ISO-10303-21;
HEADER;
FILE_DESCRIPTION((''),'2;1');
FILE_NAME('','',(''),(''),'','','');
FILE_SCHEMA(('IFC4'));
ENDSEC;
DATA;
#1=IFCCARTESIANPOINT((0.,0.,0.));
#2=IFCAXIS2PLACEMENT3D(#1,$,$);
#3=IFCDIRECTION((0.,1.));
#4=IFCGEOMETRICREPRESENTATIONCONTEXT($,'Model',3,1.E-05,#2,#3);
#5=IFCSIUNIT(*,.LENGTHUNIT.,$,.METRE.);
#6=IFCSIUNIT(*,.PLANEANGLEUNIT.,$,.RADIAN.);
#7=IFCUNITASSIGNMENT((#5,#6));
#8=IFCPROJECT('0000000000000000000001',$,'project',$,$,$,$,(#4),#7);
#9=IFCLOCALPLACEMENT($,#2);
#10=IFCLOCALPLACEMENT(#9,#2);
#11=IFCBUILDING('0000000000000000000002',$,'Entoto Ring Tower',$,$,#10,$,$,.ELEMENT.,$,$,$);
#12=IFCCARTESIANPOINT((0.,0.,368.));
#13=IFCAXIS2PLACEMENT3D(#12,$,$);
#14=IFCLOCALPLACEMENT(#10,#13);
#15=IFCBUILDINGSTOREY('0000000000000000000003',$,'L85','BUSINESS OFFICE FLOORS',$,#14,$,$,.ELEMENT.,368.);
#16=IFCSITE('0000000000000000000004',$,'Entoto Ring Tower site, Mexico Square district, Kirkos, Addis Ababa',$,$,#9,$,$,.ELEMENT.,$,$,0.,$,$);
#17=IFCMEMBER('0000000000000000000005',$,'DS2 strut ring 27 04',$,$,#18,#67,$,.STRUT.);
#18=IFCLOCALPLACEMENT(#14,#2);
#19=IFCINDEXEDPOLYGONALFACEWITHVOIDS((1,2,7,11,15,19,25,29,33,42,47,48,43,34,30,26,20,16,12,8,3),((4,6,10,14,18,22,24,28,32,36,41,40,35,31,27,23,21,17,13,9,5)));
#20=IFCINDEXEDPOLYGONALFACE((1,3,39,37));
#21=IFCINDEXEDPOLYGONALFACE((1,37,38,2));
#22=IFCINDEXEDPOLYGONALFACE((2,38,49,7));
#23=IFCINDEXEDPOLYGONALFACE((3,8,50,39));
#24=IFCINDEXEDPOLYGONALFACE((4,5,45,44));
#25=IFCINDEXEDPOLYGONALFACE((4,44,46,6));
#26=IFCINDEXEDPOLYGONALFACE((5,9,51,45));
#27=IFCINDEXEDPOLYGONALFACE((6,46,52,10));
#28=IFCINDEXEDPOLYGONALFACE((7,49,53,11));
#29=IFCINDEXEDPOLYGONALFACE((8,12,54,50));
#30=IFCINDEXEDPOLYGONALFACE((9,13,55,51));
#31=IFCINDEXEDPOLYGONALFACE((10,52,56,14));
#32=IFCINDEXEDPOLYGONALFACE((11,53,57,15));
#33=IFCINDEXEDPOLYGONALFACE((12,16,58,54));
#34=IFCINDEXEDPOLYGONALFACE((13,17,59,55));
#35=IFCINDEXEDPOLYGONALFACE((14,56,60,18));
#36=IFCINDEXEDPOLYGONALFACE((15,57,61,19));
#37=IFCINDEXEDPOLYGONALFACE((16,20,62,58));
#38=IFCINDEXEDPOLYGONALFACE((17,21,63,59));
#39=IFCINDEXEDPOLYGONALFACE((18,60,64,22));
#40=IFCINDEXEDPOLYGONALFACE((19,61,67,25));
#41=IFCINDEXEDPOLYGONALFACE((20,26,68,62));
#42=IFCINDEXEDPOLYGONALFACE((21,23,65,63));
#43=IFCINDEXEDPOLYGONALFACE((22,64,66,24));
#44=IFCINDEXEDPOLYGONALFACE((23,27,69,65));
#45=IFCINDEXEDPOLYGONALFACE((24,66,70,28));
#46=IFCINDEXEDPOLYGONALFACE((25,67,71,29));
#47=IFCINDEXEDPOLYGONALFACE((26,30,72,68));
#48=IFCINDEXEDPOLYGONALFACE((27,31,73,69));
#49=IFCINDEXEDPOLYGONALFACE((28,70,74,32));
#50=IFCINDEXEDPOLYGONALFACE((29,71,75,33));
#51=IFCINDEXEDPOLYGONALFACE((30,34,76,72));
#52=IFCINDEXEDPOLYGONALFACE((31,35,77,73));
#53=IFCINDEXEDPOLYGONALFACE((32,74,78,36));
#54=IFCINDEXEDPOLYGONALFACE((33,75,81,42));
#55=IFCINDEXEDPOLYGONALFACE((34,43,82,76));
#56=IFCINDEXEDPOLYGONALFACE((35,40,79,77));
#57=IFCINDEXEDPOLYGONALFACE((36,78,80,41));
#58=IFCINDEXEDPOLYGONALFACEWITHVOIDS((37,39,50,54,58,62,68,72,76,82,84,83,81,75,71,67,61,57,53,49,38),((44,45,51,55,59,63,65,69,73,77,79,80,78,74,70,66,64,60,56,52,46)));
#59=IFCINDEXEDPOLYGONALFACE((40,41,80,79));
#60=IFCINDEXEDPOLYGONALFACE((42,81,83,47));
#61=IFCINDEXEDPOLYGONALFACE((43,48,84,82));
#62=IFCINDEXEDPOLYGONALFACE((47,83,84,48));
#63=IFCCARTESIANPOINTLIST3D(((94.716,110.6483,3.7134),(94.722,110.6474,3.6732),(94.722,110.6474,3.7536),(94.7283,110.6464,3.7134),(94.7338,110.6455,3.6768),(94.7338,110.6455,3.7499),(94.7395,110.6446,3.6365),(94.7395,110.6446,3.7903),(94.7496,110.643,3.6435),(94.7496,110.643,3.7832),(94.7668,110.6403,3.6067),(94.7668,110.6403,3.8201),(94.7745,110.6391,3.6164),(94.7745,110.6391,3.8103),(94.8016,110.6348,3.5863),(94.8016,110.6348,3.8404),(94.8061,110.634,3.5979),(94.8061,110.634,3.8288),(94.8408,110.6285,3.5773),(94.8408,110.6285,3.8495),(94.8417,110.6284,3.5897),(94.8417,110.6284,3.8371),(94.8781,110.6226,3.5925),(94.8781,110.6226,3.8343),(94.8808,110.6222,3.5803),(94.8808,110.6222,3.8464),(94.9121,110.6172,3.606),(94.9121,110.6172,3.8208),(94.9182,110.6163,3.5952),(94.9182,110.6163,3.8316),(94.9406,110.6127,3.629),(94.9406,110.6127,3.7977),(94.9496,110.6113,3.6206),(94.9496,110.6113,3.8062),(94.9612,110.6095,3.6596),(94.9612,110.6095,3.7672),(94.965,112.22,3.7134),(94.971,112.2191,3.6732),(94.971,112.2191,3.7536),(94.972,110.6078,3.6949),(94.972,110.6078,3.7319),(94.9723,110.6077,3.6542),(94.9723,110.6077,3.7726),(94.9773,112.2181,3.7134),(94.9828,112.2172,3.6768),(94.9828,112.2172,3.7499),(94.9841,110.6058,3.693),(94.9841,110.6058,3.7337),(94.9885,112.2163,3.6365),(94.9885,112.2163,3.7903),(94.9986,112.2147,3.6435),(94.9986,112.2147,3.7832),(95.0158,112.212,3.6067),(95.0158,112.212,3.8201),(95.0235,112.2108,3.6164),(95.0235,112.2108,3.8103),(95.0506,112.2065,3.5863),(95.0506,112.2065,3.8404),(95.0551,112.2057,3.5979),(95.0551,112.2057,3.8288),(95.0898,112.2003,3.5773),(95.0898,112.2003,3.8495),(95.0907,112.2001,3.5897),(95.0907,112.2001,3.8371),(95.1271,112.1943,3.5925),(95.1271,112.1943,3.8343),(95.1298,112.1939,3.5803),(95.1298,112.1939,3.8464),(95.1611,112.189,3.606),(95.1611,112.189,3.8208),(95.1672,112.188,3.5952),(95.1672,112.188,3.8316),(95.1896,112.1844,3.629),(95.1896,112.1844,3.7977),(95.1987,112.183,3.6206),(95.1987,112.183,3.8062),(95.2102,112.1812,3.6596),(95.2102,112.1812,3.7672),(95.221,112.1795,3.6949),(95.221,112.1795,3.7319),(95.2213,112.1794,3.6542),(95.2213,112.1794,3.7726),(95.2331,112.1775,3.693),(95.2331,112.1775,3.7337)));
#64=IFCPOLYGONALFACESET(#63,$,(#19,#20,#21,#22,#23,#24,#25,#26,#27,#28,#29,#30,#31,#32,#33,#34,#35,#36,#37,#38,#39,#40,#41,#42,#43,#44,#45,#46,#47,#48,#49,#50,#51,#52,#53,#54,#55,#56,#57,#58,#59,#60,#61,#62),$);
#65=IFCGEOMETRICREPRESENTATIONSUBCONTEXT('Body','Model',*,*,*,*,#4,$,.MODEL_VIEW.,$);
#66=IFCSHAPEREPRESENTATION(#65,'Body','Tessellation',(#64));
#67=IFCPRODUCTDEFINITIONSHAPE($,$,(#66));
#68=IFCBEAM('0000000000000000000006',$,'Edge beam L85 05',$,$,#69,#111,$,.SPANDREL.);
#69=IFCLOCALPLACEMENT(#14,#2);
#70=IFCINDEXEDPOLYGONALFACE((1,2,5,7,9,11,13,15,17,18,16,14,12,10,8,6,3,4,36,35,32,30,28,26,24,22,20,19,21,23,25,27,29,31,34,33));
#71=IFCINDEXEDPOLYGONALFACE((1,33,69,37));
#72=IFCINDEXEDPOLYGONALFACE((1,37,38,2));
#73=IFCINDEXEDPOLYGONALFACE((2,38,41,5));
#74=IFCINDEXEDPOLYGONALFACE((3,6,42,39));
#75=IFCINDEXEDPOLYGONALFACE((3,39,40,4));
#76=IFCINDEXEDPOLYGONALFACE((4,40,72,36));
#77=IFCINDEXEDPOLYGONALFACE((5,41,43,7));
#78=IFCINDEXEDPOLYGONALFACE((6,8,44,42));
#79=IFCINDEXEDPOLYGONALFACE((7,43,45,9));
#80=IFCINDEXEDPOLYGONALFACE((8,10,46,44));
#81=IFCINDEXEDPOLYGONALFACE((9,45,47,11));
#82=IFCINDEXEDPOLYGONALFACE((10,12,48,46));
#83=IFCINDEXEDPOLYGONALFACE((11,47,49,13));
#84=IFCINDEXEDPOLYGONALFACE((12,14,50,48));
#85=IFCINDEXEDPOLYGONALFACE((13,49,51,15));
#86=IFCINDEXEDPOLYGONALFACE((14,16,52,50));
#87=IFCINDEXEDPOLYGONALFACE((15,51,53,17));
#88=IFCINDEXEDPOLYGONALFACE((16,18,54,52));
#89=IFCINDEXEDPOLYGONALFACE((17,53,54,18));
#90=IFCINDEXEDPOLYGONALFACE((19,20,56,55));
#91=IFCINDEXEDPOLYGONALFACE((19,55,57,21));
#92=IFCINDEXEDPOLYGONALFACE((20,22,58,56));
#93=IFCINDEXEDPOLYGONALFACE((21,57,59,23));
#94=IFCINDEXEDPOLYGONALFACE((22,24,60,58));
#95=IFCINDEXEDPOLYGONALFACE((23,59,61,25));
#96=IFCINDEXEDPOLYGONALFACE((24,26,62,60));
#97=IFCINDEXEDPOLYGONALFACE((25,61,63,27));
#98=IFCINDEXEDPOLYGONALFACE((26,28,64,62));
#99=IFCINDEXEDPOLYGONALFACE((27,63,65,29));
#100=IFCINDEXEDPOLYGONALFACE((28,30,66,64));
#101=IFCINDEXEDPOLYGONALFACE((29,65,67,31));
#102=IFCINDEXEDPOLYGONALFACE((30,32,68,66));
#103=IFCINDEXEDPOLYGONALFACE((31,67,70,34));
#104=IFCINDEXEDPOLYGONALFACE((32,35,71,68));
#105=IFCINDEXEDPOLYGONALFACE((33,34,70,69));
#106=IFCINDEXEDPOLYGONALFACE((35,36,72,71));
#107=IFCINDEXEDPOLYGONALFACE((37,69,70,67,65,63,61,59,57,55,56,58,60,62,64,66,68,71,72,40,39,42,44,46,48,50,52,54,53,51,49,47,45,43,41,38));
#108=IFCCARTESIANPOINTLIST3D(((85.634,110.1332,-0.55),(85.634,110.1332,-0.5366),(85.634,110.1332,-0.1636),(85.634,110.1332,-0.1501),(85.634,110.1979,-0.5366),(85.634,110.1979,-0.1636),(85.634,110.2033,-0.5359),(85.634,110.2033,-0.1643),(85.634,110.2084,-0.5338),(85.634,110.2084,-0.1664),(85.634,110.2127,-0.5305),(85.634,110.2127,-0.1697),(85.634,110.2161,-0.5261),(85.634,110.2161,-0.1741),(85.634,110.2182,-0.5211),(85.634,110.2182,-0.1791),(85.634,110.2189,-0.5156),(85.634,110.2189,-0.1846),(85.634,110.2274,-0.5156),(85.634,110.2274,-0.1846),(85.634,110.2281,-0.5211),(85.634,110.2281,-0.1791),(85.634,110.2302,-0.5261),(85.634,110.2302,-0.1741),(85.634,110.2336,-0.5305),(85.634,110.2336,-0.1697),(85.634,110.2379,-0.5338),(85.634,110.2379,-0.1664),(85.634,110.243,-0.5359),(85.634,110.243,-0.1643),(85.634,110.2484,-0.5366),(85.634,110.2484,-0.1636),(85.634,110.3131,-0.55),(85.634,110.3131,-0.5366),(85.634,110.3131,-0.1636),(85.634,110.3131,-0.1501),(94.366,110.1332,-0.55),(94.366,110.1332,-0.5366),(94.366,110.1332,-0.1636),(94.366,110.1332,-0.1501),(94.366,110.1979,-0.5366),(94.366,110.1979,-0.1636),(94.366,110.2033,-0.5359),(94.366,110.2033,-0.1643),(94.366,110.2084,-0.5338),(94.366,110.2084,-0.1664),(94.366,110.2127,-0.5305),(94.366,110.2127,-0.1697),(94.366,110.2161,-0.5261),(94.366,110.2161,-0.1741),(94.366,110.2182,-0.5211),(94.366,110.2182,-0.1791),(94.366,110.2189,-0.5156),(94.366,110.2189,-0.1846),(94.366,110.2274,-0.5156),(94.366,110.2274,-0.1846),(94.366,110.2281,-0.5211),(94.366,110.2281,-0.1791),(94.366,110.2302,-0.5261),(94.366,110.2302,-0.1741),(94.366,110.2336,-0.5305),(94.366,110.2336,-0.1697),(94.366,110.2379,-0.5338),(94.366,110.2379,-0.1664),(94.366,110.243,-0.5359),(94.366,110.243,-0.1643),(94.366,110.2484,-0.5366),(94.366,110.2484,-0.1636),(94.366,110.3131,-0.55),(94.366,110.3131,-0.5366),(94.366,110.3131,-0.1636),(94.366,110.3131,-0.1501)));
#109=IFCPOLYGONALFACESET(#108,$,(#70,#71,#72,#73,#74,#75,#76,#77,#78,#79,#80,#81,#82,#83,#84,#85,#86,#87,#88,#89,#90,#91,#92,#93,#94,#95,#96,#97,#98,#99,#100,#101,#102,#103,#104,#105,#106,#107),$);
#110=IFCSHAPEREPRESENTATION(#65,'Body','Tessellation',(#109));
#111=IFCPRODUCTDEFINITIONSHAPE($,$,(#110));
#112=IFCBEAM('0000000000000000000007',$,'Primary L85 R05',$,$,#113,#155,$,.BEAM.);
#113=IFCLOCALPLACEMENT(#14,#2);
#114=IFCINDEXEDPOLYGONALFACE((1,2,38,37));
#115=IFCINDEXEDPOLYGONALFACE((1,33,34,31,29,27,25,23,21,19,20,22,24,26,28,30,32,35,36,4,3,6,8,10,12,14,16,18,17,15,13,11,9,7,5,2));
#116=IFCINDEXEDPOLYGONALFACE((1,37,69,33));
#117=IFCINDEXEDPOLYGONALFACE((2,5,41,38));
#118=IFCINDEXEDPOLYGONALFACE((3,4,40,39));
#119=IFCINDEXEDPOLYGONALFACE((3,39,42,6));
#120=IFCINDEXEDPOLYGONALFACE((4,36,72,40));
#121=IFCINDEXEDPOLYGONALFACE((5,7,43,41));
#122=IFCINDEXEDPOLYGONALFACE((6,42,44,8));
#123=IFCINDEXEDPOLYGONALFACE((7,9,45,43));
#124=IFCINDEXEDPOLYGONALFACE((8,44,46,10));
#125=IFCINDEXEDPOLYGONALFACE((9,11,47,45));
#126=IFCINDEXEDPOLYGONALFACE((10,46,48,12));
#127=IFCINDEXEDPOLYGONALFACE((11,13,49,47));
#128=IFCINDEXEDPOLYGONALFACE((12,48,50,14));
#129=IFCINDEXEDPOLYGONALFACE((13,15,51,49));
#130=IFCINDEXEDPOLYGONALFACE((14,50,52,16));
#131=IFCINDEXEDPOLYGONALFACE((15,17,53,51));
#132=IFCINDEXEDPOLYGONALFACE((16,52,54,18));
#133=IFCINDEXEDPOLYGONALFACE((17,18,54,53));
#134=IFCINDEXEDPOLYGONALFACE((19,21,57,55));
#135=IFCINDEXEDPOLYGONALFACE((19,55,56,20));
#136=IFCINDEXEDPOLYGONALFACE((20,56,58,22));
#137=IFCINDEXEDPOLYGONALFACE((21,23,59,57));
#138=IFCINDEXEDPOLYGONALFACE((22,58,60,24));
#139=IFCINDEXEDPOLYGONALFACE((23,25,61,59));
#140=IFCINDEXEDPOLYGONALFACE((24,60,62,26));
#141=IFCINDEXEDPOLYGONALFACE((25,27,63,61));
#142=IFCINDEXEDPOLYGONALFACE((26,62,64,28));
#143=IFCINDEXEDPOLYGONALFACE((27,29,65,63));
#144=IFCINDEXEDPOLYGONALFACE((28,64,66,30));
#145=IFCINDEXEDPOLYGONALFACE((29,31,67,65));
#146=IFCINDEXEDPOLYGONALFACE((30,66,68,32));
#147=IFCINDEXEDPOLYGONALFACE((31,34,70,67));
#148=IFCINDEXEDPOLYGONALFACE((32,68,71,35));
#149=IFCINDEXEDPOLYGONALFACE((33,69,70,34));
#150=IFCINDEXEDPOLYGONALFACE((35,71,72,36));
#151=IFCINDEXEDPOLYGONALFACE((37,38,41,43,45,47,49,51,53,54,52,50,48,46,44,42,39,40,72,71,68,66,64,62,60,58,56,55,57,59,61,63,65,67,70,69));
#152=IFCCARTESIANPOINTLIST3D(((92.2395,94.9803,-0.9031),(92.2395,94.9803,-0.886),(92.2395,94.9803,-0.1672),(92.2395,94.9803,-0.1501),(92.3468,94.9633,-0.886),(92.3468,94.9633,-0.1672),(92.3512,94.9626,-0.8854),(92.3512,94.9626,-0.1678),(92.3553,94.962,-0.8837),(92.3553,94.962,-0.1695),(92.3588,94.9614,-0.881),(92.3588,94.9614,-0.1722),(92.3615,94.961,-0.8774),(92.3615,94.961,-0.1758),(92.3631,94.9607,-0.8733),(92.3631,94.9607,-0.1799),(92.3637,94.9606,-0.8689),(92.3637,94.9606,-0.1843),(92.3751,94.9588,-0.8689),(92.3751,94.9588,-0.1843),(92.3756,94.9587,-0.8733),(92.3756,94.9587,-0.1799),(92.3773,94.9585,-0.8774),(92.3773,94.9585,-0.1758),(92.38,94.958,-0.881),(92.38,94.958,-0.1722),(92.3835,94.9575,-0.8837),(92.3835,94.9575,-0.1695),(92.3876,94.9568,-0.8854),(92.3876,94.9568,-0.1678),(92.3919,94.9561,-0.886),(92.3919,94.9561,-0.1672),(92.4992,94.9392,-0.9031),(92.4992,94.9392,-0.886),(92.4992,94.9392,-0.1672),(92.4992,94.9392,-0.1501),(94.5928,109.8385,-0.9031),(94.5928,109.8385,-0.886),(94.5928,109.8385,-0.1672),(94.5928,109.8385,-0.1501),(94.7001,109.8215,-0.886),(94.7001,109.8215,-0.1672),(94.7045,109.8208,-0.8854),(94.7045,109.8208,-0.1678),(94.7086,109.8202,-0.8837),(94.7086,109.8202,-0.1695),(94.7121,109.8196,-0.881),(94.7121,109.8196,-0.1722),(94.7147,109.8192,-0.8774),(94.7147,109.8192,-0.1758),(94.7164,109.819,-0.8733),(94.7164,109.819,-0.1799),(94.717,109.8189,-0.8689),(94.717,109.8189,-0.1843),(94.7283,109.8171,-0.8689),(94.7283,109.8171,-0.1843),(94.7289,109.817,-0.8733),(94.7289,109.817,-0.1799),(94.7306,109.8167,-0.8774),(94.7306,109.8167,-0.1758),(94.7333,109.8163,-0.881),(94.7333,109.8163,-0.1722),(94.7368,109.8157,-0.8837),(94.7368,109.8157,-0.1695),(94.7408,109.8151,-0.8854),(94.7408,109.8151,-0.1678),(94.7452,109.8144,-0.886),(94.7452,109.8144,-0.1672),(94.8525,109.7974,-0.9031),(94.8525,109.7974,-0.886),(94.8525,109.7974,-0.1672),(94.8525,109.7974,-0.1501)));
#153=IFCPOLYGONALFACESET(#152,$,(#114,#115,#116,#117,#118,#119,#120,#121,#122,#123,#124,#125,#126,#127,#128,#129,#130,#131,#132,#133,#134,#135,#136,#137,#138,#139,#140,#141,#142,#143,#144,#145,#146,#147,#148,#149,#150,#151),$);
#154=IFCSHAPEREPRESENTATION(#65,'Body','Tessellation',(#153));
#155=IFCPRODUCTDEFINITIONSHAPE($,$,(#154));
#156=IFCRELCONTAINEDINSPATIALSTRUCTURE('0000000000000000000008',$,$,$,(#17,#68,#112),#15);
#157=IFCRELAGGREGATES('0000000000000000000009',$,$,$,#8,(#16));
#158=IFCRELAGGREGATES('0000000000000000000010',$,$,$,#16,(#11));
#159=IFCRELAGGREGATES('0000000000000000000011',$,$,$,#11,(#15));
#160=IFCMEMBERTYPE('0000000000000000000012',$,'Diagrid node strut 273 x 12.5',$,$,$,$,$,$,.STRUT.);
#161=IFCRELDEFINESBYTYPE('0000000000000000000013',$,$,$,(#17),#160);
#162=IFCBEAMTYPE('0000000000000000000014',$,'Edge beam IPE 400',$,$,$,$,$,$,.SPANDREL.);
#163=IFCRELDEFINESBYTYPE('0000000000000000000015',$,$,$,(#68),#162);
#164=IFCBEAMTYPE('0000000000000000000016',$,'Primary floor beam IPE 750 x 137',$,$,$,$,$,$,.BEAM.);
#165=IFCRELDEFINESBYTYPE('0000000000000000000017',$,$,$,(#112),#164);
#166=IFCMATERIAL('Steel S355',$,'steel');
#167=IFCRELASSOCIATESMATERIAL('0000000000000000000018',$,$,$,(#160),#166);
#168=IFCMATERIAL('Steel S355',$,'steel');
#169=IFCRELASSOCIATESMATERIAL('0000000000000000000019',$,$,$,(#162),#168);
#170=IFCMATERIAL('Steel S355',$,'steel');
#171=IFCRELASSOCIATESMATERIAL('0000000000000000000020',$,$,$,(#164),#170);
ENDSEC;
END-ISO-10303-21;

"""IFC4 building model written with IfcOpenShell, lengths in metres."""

from ifc_helpers import new_model, si_unit, direction, frame, origin, origin_2d, place, context, subcontext, project, spatial, circle, hollow_circle, i_section, extrude, material, material_profile, profile_set, type_object, element, save


model = new_model("IFC4")

# Units and contexts
model_context = context("Model", 3, precision=1e-05, world=origin(), true_north=direction((0.0, 1.0)))
body_context = subcontext(model_context, "Body", "Model", "MODEL_VIEW")
ifc_project = project(units=[si_unit("LENGTHUNIT", "METRE"), si_unit("PLANEANGLEUNIT", "RADIAN")], contexts=[model_context])

# Site, building, storey
site_placement = place(None, origin())
site = spatial("IfcSite", under=ifc_project, at=site_placement, Name="Entoto Ring Tower site, Mexico Square district, Kirkos, Addis Ababa", CompositionType="ELEMENT", RefElevation=0.0)
building_placement = place(site_placement, origin())
building = spatial("IfcBuilding", under=site, at=building_placement, Name="Entoto Ring Tower", CompositionType="ELEMENT")
storey_placement = place(building_placement, frame((0.0, 0.0, 368.0)))
storey = spatial("IfcBuildingStorey", under=building, at=storey_placement, Name="L85", Description="BUSINESS OFFICE FLOORS", CompositionType="ELEMENT", Elevation=368.0)

# Member
ifc_material_1 = material(Name="Steel S355", Category="steel")
ifc_material_profile_1 = material_profile(ifc_material_1, hollow_circle(Radius=0.1365, WallThickness=0.0125, at=origin_2d()), Name="CHS 273 x 12.5")
ifc_material_2 = material(Name="Concrete C60/75", Category="concrete")
ifc_material_profile_2 = material_profile(ifc_material_2, circle(Radius=0.124, at=origin_2d()), Name="Concrete C60/75 infill")
ifc_profile_set_1 = profile_set([ifc_material_profile_1, ifc_material_profile_2], Name="Steel S355")
member_type = type_object("IfcMemberType", Name="Diagrid node strut 273 x 12.5", PredefinedType="STRUT", material=ifc_profile_set_1)
member_placement = place(storey_placement, frame((94.8508, 110.627, 3.7134), z_axis=(0.156483, 0.987681, 0.0), x_axis=(-0.987681, 0.156483, 0.0)))
element("IfcMember", 1, at=member_placement, inside=storey, type_object=member_type, Name="DS2 strut ring 27 04", PredefinedType="STRUT", context=body_context, shape_type="SweptSolid", body=[
    extrude(hollow_circle(Radius=0.1365, WallThickness=0.0125, at=origin_2d()), origin(), (0.0, 0.0, 1.0), 1.5913),
])

# Beams
ifc_material_3 = material(Name="Steel S355", Category="steel")
ifc_material_profile_3 = material_profile(ifc_material_3, i_section(OverallWidth=0.1799, OverallDepth=0.3999, WebThickness=0.0085, FlangeThickness=0.0134, FilletRadius=0.021, at=origin_2d()), Name="IPE 400")
ifc_profile_set_2 = profile_set([ifc_material_profile_3], Name="Steel S355")
beam_type_1 = type_object("IfcBeamType", Name="Edge beam IPE 400", PredefinedType="SPANDREL", material=ifc_profile_set_2)
beam_1_placement = place(storey_placement, frame((94.366, 110.2231, -0.3501), z_axis=(-1.0, 0.0, 0.0), x_axis=(0.0, -1.0, 0.0)))
element("IfcBeam", 2, at=beam_1_placement, inside=storey, type_object=beam_type_1, Name="Edge beam L85 05", PredefinedType="SPANDREL", context=body_context, shape_type="SweptSolid", body=[
    extrude(i_section(OverallWidth=0.1799, OverallDepth=0.3999, WebThickness=0.0085, FlangeThickness=0.0134, FilletRadius=0.021, at=origin_2d()), origin(), (0.0, 0.0, 1.0), 8.7319),
])
ifc_material_4 = material(Name="Steel S355", Category="steel")
ifc_material_profile_4 = material_profile(ifc_material_4, i_section(OverallWidth=0.2629, OverallDepth=0.7529, WebThickness=0.0115, FlangeThickness=0.0171, FilletRadius=0.0171, at=origin_2d()), Name="IPE 750 x 137")
ifc_profile_set_3 = profile_set([ifc_material_profile_4], Name="Steel S355")
beam_type_2 = type_object("IfcBeamType", Name="Primary floor beam IPE 750 x 137", PredefinedType="BEAM", material=ifc_profile_set_3)
for number, where, z_axis, x_axis, name in (
    (3, (92.3694, 94.9597, -0.5266), (0.156433, 0.987689, 0.0), (-0.987689, 0.156433, 0.0), "Primary L85 R05"),
):
    element("IfcBeam", number, at=place(storey_placement, frame(where, z_axis=z_axis, x_axis=x_axis)), inside=storey, type_object=beam_type_2, Name=name, PredefinedType="BEAM", context=body_context, shape_type="SweptSolid", body=[
        extrude(i_section(OverallWidth=0.2629, OverallDepth=0.7529, WebThickness=0.0115, FlangeThickness=0.0171, FilletRadius=0.0171, at=origin_2d()), origin(), (0.0, 0.0, 1.0), 15.0435),
    ])

save(model, "model.ifc")
